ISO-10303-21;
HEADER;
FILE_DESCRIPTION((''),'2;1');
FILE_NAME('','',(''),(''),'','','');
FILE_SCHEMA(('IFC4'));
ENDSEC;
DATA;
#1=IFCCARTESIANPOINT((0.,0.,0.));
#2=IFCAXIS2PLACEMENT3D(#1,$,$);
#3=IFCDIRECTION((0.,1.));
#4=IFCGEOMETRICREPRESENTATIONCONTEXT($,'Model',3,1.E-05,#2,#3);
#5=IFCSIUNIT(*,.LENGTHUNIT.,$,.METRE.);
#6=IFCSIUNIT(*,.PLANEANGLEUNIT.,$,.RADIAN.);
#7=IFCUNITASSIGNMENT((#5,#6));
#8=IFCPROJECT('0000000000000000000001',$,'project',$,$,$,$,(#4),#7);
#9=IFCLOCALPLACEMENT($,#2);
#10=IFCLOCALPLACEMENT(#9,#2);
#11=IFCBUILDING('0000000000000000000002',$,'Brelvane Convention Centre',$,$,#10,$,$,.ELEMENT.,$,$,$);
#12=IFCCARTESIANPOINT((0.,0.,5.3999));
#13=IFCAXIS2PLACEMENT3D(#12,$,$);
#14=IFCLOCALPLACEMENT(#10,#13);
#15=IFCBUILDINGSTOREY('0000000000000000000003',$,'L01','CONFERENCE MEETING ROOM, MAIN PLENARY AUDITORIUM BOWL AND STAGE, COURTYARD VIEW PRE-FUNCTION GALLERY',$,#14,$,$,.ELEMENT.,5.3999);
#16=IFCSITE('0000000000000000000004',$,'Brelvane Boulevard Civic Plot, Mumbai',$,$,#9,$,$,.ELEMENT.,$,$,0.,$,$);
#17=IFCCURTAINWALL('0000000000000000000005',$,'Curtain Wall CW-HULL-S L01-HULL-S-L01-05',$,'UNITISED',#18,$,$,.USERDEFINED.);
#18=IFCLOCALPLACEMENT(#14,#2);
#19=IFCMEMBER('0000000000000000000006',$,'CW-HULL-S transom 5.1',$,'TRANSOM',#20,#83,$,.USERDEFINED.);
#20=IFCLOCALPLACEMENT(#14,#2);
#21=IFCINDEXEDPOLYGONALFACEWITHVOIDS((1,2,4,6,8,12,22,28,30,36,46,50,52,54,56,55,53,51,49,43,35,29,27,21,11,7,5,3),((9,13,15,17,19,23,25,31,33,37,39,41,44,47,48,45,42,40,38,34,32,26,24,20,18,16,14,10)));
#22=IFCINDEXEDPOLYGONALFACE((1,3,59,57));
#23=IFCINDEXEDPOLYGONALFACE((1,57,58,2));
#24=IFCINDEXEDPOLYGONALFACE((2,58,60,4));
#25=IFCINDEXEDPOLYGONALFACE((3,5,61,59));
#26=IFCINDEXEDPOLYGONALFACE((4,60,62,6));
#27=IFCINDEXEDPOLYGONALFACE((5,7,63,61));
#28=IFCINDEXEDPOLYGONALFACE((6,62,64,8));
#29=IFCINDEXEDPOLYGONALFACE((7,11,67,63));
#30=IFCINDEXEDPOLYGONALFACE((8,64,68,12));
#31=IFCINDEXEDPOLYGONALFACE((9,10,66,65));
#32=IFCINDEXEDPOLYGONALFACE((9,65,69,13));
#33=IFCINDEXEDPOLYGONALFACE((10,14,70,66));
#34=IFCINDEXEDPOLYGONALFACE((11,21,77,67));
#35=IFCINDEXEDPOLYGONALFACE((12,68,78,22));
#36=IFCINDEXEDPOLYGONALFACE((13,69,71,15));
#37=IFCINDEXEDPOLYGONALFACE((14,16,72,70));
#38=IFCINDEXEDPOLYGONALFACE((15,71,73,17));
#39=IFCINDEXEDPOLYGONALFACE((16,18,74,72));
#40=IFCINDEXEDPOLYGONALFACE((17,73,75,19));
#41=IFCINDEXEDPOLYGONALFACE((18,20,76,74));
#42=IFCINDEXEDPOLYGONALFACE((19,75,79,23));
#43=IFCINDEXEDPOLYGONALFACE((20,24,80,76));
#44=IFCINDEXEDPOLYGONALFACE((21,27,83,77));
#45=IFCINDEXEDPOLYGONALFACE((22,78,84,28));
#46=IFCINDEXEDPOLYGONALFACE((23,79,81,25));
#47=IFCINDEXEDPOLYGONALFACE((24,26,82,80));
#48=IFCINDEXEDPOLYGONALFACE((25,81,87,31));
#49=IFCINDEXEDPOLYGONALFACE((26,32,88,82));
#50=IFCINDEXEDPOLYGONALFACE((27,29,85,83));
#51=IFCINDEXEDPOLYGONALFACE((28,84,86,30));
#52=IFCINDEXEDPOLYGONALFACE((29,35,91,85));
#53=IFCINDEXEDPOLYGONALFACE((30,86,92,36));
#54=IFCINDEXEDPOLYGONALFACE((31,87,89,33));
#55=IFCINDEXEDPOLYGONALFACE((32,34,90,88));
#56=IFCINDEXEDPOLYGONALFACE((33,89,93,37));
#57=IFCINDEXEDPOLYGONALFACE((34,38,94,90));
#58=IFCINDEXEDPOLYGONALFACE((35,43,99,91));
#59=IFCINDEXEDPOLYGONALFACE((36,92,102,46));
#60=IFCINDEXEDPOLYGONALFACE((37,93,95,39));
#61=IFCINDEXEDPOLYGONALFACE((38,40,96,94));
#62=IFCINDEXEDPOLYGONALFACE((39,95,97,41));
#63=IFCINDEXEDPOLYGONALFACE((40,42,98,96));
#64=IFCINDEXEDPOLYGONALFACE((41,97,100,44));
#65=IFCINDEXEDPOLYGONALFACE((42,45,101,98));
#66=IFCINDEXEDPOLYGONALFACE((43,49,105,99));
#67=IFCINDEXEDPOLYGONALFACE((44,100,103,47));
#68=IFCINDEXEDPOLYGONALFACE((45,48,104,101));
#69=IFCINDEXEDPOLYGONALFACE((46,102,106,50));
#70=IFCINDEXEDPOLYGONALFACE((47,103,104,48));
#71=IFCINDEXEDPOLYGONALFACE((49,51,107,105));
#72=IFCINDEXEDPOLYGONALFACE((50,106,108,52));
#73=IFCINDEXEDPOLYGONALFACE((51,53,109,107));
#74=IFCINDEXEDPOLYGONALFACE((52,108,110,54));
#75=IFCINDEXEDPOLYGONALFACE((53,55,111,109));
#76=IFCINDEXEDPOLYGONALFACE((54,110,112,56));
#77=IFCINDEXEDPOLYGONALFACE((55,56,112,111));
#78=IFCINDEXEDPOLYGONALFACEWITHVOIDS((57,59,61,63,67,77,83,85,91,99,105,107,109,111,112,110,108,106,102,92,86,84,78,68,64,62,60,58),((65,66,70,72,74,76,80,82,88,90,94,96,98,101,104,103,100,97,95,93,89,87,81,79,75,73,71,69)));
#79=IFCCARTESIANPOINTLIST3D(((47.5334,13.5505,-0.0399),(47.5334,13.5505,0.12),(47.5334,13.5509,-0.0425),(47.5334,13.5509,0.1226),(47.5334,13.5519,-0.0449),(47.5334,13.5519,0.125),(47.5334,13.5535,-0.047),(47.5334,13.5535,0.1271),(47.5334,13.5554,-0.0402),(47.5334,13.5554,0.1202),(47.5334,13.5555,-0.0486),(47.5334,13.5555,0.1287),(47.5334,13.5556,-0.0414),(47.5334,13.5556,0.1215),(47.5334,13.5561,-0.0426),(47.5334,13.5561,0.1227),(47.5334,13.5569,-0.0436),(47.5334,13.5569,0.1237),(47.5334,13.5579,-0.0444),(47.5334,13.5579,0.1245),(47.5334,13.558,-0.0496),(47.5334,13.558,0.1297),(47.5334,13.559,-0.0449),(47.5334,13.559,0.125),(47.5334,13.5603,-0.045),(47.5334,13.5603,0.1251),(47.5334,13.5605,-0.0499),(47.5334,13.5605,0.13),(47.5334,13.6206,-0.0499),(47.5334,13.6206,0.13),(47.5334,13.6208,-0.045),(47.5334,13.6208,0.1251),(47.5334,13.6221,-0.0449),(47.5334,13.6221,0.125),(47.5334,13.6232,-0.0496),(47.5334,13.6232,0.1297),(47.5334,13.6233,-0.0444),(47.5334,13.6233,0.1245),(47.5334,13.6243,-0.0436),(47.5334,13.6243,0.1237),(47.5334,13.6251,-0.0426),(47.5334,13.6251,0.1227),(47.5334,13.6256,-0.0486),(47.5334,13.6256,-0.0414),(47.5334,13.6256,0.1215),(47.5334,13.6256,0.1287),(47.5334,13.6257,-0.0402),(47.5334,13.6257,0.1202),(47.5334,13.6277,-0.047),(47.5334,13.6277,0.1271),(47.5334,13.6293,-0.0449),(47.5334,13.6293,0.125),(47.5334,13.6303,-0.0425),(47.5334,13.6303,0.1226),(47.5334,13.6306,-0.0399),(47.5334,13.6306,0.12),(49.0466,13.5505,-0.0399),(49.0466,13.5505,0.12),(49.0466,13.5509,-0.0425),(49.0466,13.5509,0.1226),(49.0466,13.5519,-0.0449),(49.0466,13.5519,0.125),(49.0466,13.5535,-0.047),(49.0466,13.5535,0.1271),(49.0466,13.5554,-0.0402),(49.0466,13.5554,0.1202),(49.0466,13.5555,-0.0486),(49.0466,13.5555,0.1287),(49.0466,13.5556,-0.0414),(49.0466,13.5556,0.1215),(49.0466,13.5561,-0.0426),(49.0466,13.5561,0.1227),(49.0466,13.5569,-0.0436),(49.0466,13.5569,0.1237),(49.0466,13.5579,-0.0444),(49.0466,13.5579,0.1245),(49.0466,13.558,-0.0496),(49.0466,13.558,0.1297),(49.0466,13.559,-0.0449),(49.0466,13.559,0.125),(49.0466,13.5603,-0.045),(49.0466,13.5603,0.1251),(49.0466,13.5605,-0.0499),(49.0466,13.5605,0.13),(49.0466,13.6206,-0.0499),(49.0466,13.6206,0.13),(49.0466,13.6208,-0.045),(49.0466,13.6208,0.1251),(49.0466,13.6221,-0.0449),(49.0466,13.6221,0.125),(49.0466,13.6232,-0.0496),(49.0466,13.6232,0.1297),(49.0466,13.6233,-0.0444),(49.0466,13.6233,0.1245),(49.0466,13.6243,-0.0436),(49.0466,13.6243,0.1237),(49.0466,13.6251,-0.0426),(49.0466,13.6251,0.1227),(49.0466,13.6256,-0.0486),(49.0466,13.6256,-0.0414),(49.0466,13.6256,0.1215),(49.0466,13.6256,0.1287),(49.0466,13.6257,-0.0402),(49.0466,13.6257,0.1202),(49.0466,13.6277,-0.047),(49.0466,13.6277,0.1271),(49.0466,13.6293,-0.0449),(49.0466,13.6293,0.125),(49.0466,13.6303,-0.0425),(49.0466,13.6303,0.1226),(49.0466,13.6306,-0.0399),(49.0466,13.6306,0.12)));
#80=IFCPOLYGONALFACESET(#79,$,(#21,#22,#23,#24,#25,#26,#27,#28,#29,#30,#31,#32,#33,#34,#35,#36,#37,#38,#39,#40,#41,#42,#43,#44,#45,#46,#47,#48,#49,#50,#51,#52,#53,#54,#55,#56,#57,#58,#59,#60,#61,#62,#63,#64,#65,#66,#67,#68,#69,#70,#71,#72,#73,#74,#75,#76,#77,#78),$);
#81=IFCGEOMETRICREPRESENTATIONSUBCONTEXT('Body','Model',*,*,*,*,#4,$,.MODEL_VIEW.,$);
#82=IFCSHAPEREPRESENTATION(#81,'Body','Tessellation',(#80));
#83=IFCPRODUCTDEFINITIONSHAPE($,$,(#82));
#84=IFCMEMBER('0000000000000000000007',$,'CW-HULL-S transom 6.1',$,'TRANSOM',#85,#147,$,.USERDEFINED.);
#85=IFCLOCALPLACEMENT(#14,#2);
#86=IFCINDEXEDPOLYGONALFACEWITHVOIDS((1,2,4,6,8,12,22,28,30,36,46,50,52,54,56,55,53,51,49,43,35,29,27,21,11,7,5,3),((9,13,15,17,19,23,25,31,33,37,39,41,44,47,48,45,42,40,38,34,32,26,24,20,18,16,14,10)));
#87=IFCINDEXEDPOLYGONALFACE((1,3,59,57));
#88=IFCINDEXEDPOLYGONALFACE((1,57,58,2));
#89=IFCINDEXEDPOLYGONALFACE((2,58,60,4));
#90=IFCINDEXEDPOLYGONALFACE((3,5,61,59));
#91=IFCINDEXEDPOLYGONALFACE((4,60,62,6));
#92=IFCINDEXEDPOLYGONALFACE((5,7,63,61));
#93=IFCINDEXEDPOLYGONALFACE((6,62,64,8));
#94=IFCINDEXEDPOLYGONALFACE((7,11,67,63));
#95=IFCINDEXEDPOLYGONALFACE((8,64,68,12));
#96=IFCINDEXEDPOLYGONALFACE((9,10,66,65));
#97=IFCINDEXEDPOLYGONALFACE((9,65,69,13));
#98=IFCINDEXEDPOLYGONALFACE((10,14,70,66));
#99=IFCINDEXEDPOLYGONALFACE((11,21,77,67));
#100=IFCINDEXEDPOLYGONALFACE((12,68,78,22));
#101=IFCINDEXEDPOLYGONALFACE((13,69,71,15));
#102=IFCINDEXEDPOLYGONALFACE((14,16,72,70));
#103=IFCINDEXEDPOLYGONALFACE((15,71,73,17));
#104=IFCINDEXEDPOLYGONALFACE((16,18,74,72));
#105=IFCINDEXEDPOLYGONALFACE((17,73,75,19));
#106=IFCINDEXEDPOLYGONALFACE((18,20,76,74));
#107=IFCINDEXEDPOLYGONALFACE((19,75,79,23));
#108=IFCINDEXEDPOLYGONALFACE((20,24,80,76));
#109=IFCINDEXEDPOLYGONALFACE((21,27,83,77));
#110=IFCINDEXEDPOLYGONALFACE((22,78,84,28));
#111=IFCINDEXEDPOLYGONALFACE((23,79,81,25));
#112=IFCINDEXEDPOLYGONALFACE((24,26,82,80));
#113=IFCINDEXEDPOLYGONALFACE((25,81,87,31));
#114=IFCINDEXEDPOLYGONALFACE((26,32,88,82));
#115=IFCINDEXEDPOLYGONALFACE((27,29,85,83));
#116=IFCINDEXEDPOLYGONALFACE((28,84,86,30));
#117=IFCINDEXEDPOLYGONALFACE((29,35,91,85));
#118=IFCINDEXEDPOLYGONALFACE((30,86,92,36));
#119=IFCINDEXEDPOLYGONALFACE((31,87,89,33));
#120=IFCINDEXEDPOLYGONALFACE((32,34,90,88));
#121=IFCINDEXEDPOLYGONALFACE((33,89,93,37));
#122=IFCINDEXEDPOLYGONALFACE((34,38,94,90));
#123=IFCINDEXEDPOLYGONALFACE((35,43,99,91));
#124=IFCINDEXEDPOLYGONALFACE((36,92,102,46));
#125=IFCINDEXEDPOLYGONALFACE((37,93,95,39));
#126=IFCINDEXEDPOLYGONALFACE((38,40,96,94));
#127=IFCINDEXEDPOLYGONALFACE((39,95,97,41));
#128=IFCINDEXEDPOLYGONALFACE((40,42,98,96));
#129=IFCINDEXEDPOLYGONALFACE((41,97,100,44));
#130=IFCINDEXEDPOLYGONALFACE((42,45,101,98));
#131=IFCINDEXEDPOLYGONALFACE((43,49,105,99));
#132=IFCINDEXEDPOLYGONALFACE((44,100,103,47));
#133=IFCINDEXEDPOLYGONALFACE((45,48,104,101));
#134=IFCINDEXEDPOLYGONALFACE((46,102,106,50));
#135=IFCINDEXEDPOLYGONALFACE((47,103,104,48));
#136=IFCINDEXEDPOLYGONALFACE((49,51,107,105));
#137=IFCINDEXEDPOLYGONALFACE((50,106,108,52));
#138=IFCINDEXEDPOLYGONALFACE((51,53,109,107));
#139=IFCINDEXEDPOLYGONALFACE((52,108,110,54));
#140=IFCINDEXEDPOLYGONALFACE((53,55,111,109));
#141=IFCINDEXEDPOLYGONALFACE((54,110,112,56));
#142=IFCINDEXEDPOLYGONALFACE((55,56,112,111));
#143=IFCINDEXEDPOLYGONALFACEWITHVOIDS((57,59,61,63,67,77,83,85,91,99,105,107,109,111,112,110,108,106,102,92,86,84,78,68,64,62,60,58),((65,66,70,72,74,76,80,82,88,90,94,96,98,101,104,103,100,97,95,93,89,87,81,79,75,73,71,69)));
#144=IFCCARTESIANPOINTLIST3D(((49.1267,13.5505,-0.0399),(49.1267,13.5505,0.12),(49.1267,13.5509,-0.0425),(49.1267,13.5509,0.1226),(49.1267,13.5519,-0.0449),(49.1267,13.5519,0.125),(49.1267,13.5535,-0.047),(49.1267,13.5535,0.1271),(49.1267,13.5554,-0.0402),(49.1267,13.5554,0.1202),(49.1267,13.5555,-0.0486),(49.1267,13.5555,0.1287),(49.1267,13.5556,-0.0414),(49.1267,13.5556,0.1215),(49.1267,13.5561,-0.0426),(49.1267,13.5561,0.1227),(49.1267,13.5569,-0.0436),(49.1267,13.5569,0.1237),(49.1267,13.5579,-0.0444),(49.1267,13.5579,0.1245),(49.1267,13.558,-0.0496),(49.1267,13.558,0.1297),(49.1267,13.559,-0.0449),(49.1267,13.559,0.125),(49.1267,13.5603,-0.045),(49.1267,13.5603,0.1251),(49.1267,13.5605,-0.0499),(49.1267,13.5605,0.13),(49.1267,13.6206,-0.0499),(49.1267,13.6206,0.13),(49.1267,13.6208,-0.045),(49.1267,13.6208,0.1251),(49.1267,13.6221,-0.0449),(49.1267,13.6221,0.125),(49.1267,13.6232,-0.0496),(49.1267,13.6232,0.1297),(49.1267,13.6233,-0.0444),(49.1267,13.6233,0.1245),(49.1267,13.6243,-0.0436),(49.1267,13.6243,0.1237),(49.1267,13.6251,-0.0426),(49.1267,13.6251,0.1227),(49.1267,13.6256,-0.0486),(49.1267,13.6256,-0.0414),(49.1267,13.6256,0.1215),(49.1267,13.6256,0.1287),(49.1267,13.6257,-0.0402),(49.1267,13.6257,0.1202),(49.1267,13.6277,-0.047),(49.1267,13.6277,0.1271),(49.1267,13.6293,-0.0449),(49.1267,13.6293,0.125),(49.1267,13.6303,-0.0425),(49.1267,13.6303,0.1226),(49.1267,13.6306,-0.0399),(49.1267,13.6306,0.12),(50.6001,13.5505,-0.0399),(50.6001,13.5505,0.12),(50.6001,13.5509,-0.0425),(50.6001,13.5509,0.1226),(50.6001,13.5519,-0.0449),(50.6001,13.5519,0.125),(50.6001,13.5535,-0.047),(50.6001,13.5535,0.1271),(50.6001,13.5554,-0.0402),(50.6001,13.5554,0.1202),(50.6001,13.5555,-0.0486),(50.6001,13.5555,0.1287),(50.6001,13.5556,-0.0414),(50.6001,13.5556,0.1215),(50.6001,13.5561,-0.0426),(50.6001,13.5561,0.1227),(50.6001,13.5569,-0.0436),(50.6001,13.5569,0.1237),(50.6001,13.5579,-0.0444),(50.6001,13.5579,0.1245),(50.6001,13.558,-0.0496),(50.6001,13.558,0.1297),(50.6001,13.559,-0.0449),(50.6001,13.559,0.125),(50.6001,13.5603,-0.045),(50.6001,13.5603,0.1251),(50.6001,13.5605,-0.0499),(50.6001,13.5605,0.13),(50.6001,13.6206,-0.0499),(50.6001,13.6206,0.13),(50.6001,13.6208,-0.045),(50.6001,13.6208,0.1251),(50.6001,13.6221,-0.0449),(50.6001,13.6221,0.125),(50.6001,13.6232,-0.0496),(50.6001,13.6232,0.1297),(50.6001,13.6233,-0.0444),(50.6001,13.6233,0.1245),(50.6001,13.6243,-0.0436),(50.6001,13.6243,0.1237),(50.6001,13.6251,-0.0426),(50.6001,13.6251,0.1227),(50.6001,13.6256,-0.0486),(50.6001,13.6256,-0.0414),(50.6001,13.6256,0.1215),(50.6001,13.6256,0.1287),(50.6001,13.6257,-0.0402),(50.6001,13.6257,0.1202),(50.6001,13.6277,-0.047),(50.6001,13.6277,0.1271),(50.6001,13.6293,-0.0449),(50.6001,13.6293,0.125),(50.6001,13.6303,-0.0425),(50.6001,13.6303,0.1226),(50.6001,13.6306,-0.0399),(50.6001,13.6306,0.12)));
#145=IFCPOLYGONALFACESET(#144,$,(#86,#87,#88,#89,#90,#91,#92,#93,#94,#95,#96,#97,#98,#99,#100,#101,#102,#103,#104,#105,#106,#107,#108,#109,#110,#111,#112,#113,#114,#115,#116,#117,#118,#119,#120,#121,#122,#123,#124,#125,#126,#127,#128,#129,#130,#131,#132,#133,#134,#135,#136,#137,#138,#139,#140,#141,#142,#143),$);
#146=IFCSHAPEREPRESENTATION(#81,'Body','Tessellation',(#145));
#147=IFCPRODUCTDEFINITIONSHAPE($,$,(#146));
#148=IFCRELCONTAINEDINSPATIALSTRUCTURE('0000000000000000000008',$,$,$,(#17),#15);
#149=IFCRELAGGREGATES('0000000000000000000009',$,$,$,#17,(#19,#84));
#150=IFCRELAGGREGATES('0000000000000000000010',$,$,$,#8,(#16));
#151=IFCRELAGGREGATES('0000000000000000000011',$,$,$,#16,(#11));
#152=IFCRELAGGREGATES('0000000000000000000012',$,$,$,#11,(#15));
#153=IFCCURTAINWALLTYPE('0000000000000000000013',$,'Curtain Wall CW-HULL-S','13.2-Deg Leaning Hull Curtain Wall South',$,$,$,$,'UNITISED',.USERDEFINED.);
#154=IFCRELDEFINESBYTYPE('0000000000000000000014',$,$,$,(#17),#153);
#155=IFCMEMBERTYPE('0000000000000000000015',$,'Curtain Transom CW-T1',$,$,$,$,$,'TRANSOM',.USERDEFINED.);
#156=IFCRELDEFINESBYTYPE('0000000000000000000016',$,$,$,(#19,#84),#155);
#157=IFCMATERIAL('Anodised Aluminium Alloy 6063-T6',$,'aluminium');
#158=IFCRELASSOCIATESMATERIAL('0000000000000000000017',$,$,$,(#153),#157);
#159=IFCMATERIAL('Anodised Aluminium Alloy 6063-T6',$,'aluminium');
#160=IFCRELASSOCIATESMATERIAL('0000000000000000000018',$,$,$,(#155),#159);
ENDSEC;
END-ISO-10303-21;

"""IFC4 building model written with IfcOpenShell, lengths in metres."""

from ifc_helpers import new_model, si_unit, direction, frame, origin, origin_2d, place, context, subcontext, project, spatial, hollow_rectangle, extrude, material, material_profile, profile_set, type_object, element, aggregate, save


model = new_model("IFC4")

# Units and contexts
model_context = context("Model", 3, precision=1e-05, world=origin(), true_north=direction((0.0, 1.0)))
body_context = subcontext(model_context, "Body", "Model", "MODEL_VIEW")
ifc_project = project(units=[si_unit("LENGTHUNIT", "METRE"), si_unit("PLANEANGLEUNIT", "RADIAN")], contexts=[model_context])

# Site, building, storey
site_placement = place(None, origin())
site = spatial("IfcSite", under=ifc_project, at=site_placement, Name="Brelvane Boulevard Civic Plot, Mumbai", CompositionType="ELEMENT", RefElevation=0.0)
building_placement = place(site_placement, origin())
building = spatial("IfcBuilding", under=site, at=building_placement, Name="Brelvane Convention Centre", CompositionType="ELEMENT")
storey_placement = place(building_placement, frame((0.0, 0.0, 5.3999)))
storey = spatial("IfcBuildingStorey", under=building, at=storey_placement, Name="L01", Description="CONFERENCE MEETING ROOM, MAIN PLENARY AUDITORIUM BOWL AND STAGE, COURTYARD VIEW PRE-FUNCTION GALLERY", CompositionType="ELEMENT", Elevation=5.3999)

# Curtain wall
ifc_material_1 = material(Name="Anodised Aluminium Alloy 6063-T6", Category="aluminium")
curtain_wall_type = type_object("IfcCurtainWallType", Name="Curtain Wall CW-HULL-S", Description="13.2-Deg Leaning Hull Curtain Wall South", ElementType="UNITISED", PredefinedType="USERDEFINED", material=ifc_material_1)
curtain_wall_1_placement = place(storey_placement, origin())
curtain_wall_1 = element("IfcCurtainWall", 1, at=curtain_wall_1_placement, inside=storey, type_object=curtain_wall_type, Name="Curtain Wall CW-HULL-S L01-HULL-S-L01-05", ObjectType="UNITISED", PredefinedType="USERDEFINED")

# Members
ifc_material_2 = material(Name="Anodised Aluminium Alloy 6063-T6", Category="aluminium")
ifc_material_profile_1 = material_profile(ifc_material_2, hollow_rectangle(XDim=0.0801, YDim=0.1799, WallThickness=0.0049, InnerFilletRadius=0.0049, OuterFilletRadius=0.01, at=origin_2d()), Name="ALU-T 180x80x5.0")
ifc_profile_set_1 = profile_set([ifc_material_profile_1], Name="Anodised Aluminium Alloy 6063-T6")
member_type_1 = type_object("IfcMemberType", Name="Curtain Transom CW-T1", ElementType="TRANSOM", PredefinedType="USERDEFINED", material=ifc_profile_set_1)
member_1_placement = place(storey_placement, frame((47.5334, 13.5906, 0.04), z_axis=(1.0, 0.0, 0.0), x_axis=(0.0, 1.0, 0.0)))
member_1 = element("IfcMember", 2, at=member_1_placement, type_object=member_type_1, Name="CW-HULL-S transom 5.1", ObjectType="TRANSOM", PredefinedType="USERDEFINED", context=body_context, shape_type="SweptSolid", body=[
    extrude(hollow_rectangle(XDim=0.0801, YDim=0.1799, WallThickness=0.0049, InnerFilletRadius=0.0049, OuterFilletRadius=0.01, at=origin_2d()), origin(), (0.0, 0.0, 1.0), 1.5132),
])
member_2_placement = place(storey_placement, frame((49.1267, 13.5906, 0.04), z_axis=(1.0, 0.0, 0.0), x_axis=(0.0, 1.0, 0.0)))
member_2 = element("IfcMember", 3, at=member_2_placement, type_object=member_type_1, Name="CW-HULL-S transom 6.1", ObjectType="TRANSOM", PredefinedType="USERDEFINED", context=body_context, shape_type="SweptSolid", body=[
    extrude(hollow_rectangle(XDim=0.0801, YDim=0.1799, WallThickness=0.0049, InnerFilletRadius=0.0049, OuterFilletRadius=0.01, at=origin_2d()), origin(), (0.0, 0.0, 1.0), 1.4734),
])
aggregate(curtain_wall_1, [member_1, member_2])

save(model, "model.ifc")
